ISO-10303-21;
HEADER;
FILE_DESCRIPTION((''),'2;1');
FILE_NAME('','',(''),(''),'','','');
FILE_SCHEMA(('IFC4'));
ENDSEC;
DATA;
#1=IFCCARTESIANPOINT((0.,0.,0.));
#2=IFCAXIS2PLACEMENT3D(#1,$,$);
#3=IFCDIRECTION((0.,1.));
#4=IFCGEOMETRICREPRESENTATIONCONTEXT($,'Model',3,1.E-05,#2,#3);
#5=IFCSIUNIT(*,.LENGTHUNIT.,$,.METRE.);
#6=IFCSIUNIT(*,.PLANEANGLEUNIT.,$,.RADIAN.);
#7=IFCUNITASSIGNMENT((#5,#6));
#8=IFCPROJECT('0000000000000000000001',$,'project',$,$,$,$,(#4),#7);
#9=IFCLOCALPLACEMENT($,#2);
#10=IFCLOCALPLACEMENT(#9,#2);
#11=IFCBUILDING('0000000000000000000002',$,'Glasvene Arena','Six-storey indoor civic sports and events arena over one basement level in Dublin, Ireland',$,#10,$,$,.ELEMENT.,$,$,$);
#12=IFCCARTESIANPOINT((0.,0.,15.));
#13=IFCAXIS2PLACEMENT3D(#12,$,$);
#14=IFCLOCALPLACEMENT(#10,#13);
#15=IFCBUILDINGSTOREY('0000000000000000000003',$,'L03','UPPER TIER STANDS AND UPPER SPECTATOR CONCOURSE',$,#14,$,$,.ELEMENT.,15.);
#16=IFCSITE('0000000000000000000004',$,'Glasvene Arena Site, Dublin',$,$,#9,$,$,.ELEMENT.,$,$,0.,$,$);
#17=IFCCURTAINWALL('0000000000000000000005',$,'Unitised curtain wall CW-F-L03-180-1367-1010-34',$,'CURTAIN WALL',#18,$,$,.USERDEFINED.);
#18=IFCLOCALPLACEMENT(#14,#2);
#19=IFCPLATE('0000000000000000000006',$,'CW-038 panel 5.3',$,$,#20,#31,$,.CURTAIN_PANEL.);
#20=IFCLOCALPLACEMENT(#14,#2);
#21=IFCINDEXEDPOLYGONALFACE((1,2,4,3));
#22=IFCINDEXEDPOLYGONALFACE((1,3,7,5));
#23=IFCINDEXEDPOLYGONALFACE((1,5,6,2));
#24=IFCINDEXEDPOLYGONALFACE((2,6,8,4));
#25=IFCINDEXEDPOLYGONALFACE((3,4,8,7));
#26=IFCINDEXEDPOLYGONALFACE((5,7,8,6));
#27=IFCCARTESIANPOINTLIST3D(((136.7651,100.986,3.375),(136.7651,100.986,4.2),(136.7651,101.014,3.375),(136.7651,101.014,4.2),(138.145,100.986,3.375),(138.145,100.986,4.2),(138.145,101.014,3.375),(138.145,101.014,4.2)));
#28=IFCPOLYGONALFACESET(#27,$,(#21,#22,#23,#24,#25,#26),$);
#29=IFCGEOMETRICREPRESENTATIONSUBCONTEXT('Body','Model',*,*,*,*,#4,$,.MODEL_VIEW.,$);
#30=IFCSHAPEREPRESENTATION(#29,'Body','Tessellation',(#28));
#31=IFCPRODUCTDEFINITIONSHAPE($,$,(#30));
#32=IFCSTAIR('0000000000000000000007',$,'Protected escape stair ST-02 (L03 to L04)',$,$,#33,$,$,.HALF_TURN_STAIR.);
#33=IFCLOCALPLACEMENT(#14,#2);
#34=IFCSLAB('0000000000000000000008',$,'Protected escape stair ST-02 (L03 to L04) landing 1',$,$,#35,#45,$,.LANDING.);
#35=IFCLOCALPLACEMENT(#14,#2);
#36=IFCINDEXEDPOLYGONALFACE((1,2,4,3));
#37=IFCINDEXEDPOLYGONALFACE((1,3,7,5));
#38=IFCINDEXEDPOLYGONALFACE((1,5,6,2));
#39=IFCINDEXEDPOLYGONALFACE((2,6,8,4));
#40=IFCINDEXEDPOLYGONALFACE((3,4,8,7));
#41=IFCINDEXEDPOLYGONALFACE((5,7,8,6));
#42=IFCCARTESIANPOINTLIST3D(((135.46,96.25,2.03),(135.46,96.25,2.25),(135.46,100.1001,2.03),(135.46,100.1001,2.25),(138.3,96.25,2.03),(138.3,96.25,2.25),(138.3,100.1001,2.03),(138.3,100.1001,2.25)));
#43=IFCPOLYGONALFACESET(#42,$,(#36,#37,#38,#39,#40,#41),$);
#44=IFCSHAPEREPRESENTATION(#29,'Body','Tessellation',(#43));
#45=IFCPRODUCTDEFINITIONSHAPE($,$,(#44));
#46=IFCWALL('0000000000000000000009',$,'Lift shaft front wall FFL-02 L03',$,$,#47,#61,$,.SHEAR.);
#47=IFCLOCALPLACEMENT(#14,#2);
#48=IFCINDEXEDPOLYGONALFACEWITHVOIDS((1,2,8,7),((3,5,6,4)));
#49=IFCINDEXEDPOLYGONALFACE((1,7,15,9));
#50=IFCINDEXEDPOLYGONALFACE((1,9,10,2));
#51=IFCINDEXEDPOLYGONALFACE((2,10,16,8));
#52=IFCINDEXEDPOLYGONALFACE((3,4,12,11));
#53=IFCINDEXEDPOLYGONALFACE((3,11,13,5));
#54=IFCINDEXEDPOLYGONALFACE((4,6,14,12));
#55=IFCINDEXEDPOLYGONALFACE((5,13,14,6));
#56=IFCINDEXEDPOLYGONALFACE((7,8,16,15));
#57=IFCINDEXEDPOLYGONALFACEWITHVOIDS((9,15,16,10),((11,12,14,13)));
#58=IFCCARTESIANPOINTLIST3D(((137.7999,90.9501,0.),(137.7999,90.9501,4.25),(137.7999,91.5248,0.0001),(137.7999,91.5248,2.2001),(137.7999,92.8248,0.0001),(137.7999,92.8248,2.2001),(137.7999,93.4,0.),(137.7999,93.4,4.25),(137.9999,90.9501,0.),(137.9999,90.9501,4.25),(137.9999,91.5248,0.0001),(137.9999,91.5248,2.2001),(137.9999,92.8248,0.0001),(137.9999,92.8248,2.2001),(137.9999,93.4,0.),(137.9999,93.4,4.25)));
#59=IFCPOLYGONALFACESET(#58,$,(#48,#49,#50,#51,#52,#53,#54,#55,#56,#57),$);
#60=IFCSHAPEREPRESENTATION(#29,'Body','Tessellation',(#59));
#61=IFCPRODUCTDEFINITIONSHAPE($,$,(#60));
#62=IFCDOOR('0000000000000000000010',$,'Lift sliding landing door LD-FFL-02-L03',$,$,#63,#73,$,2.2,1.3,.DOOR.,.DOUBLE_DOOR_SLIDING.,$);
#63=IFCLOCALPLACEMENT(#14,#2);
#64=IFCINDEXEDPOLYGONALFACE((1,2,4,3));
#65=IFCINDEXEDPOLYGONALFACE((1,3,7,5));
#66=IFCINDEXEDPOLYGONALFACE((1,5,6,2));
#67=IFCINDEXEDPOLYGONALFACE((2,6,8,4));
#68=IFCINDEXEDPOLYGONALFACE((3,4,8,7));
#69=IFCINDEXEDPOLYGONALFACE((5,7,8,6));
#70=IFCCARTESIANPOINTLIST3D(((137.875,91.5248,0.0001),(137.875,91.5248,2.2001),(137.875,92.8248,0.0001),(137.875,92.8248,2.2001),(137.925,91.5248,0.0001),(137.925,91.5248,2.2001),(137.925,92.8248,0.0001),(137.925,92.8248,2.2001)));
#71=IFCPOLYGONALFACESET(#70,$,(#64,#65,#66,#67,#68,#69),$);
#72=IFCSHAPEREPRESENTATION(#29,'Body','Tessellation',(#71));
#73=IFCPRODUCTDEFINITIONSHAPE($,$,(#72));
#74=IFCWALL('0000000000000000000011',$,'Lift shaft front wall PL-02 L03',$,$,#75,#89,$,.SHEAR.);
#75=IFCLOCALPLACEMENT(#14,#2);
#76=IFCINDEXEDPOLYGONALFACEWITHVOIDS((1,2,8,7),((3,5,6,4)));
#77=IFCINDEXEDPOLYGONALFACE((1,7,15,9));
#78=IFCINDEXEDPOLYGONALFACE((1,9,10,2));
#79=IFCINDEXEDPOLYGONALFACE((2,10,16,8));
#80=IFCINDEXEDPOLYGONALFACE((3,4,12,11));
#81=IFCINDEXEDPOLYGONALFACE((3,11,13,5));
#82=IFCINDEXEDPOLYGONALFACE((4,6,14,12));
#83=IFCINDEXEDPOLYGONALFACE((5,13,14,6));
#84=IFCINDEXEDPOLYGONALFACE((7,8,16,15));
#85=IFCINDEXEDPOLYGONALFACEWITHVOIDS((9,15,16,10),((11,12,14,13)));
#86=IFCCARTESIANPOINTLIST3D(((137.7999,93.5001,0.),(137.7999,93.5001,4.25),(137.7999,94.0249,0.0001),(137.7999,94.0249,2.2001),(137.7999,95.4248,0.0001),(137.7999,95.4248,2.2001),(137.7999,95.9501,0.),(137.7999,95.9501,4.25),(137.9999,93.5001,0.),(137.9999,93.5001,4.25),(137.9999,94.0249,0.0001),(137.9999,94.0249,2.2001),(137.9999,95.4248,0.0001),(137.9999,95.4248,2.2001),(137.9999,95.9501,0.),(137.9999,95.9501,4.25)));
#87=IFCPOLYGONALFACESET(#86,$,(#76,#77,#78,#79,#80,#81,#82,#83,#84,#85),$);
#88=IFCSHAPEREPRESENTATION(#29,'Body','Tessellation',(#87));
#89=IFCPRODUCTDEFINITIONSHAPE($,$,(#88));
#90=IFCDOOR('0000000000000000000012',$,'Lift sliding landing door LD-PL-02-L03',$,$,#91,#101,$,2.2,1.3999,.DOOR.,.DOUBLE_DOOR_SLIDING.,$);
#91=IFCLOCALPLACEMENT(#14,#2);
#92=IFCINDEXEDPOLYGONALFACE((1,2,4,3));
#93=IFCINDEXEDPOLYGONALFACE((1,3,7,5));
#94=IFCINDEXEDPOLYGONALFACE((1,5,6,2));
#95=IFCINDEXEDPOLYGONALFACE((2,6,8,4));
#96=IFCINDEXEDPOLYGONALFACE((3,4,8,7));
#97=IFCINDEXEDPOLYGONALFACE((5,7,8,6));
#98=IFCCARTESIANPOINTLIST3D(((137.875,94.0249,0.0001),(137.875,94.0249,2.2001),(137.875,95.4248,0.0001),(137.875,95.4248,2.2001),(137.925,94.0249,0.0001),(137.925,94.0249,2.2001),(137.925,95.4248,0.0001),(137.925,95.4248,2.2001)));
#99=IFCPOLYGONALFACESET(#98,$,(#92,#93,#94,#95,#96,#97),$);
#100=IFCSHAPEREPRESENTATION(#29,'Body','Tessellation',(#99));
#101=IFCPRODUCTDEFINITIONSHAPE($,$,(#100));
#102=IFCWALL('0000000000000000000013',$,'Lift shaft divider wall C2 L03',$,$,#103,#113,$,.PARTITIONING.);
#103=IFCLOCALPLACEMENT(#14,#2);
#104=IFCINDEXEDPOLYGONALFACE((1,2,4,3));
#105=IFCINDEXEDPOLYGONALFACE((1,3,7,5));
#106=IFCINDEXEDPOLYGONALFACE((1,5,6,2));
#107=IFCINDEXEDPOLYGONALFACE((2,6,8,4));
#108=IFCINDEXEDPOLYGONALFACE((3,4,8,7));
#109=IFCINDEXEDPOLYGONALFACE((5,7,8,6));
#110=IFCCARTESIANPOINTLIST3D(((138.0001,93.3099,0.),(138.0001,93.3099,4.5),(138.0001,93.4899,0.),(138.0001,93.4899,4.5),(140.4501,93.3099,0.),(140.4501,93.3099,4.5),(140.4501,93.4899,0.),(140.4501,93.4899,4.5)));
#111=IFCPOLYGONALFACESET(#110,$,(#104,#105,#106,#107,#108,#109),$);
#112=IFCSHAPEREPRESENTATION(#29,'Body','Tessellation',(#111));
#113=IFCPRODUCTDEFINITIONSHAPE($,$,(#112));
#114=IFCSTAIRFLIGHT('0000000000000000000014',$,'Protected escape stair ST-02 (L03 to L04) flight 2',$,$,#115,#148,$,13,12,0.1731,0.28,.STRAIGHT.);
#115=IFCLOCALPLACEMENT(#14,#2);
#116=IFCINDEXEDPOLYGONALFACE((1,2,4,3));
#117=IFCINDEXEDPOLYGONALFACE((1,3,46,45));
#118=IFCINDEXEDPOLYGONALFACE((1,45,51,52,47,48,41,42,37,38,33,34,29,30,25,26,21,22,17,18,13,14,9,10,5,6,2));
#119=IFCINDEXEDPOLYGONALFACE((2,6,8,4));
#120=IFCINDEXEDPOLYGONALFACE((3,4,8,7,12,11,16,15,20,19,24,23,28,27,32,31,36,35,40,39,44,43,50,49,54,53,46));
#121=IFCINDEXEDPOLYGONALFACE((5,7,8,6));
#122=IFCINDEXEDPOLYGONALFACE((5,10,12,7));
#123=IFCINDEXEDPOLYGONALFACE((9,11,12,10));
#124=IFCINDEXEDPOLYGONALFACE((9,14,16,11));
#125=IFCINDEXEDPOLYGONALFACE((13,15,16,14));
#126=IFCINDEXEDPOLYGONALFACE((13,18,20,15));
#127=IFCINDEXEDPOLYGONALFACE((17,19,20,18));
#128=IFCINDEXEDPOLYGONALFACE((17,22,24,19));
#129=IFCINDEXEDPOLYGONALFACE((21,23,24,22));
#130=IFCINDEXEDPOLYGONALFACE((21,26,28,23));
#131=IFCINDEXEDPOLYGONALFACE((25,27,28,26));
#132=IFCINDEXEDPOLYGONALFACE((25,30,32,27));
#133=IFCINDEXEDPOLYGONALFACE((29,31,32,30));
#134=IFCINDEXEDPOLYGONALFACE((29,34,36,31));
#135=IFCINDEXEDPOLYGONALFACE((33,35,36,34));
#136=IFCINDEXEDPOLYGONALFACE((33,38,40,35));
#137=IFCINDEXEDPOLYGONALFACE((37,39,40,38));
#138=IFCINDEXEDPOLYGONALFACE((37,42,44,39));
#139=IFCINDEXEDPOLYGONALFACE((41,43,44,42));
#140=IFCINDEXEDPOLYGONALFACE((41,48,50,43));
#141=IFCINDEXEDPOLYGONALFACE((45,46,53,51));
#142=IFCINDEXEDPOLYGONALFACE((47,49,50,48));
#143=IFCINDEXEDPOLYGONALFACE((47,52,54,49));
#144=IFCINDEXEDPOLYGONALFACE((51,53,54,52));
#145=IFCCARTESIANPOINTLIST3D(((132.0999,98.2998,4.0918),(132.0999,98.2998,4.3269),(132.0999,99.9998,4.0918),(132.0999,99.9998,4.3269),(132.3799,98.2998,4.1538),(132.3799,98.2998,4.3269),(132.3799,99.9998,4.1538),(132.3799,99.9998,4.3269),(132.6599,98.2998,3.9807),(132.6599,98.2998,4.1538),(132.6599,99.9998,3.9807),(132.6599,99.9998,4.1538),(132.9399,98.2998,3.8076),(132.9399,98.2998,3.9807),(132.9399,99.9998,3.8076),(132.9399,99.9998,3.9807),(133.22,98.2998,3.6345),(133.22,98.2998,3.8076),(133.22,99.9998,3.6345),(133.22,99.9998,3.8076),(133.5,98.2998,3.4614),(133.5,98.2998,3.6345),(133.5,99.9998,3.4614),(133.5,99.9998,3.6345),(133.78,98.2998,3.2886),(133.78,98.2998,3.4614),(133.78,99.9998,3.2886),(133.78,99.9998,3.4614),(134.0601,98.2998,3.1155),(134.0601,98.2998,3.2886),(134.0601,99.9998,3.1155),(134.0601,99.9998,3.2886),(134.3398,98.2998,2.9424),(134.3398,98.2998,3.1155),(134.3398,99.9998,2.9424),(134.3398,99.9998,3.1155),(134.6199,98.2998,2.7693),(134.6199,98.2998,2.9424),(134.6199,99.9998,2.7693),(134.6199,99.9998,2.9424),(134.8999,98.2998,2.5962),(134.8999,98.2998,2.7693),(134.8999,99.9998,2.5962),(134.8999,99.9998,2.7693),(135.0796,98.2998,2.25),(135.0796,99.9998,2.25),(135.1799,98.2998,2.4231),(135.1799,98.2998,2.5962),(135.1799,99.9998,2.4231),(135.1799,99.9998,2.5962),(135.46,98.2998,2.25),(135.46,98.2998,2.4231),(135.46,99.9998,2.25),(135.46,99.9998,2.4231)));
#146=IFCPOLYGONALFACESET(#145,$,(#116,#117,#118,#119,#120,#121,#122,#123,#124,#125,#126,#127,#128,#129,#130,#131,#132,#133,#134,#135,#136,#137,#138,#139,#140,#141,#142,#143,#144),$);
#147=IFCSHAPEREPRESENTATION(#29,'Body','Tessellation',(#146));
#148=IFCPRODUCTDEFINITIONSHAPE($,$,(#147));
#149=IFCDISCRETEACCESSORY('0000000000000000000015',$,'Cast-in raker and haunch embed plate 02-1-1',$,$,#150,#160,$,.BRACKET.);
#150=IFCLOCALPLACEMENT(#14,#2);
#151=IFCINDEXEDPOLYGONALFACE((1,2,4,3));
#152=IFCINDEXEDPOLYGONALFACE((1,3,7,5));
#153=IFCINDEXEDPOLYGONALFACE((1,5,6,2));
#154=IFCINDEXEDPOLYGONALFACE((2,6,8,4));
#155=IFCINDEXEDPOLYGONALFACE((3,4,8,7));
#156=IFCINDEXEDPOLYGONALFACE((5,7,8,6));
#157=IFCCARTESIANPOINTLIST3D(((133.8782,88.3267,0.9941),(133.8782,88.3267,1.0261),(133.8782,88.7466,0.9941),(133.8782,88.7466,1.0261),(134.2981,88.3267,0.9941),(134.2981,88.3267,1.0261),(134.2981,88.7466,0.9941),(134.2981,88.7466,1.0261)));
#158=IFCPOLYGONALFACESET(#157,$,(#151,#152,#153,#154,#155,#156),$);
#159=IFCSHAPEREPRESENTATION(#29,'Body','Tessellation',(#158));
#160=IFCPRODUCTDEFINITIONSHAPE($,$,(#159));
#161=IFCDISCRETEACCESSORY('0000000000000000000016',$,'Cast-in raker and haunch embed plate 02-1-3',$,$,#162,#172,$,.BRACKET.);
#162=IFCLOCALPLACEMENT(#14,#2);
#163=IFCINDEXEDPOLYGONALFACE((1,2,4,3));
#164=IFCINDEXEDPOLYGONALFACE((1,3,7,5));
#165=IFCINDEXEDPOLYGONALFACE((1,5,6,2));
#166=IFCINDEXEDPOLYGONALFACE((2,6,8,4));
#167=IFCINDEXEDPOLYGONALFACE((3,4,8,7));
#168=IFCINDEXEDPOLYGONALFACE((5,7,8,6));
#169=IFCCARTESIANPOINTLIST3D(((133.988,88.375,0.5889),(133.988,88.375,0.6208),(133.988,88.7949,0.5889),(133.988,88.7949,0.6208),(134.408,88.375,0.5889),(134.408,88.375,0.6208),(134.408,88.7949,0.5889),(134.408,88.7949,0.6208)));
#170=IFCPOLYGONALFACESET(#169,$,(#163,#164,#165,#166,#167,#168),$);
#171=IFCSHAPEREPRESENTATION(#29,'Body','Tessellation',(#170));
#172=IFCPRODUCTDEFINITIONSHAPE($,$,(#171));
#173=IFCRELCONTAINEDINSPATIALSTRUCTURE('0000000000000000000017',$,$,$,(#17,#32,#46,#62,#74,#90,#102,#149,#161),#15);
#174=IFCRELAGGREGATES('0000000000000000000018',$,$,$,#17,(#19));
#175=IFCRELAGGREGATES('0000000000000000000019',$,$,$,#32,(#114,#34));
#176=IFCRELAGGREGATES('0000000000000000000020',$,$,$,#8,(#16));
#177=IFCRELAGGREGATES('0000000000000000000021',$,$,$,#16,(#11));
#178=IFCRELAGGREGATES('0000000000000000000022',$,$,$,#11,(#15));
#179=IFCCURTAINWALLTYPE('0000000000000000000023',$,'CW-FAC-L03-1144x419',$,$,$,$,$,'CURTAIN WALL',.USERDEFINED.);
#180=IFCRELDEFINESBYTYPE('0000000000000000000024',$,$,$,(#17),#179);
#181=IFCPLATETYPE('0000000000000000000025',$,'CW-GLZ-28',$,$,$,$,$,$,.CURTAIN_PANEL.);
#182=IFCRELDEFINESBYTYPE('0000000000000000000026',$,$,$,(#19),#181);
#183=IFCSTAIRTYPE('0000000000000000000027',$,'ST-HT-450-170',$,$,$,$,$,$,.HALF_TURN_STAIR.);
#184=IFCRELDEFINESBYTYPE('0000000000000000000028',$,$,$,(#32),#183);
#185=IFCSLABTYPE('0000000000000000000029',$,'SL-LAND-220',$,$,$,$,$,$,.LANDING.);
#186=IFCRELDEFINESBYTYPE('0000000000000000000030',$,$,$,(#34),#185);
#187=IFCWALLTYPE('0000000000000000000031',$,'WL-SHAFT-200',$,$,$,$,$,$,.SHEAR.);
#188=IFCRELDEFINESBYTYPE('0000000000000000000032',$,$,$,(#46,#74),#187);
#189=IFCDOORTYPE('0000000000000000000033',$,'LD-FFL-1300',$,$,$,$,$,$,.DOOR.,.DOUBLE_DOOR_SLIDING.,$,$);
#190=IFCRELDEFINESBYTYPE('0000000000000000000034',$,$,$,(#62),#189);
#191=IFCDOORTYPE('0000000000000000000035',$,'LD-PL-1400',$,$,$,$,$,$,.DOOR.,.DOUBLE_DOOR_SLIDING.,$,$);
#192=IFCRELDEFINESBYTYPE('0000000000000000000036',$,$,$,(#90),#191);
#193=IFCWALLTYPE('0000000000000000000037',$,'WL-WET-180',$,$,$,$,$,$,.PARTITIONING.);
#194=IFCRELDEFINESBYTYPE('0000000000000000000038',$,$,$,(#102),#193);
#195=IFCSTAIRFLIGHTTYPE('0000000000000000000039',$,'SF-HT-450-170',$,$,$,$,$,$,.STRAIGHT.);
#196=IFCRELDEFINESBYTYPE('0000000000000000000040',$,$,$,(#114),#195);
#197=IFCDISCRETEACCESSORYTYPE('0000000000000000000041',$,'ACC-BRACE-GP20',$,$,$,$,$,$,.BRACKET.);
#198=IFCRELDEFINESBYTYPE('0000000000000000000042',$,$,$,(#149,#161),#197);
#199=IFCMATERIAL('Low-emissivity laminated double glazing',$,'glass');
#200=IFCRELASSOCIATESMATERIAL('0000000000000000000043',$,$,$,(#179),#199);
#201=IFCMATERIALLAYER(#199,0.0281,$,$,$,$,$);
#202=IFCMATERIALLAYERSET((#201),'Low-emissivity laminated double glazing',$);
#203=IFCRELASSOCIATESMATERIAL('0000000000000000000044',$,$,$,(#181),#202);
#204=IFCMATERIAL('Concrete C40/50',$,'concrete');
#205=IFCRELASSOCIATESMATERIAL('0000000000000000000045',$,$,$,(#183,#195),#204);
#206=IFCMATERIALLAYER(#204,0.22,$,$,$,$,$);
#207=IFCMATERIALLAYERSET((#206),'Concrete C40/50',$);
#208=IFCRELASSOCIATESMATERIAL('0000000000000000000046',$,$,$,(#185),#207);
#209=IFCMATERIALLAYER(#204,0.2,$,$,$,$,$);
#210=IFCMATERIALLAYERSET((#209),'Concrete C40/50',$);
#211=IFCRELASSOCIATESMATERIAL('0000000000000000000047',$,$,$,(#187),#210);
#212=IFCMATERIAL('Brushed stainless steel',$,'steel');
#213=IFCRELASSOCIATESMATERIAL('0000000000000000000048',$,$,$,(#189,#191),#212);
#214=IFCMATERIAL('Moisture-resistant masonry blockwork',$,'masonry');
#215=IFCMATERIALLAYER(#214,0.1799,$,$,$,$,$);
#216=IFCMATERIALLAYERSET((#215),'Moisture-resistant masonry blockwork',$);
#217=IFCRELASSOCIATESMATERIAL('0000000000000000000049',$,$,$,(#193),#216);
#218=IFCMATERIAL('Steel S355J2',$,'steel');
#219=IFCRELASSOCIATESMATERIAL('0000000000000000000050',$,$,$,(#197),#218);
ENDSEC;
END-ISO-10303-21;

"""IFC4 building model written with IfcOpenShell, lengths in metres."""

from ifc_helpers import new_model, si_unit, direction, frame, frame_2d, origin, origin_2d, place, context, subcontext, project, spatial, polyline, rectangle, outline, extrude, material, layer, layer_set, type_object, element, fill, aggregate, save


model = new_model("IFC4")

# Units and contexts
model_context = context("Model", 3, precision=1e-05, world=origin(), true_north=direction((0.0, 1.0)))
body_context = subcontext(model_context, "Body", "Model", "MODEL_VIEW")
ifc_project = project(units=[si_unit("LENGTHUNIT", "METRE"), si_unit("PLANEANGLEUNIT", "RADIAN")], contexts=[model_context])

# Site, building, storey
site_placement = place(None, origin())
site = spatial("IfcSite", under=ifc_project, at=site_placement, Name="Glasvene Arena Site, Dublin", CompositionType="ELEMENT", RefElevation=0.0)
building_placement = place(site_placement, origin())
building = spatial("IfcBuilding", under=site, at=building_placement, Name="Glasvene Arena", Description="Six-storey indoor civic sports and events arena over one basement level in Dublin, Ireland", CompositionType="ELEMENT")
storey_placement = place(building_placement, frame((0.0, 0.0, 15.0)))
storey = spatial("IfcBuildingStorey", under=building, at=storey_placement, Name="L03", Description="UPPER TIER STANDS AND UPPER SPECTATOR CONCOURSE", CompositionType="ELEMENT", Elevation=15.0)

# Shared definitions
ifc_material_1 = material(Name="Steel S355J2", Category="steel")

# Curtain wall, plate
ifc_material_2 = material(Name="Low-emissivity laminated double glazing", Category="glass")
curtain_wall_type = type_object("IfcCurtainWallType", Name="CW-FAC-L03-1144x419", ElementType="CURTAIN WALL", PredefinedType="USERDEFINED", material=ifc_material_2)
curtain_wall_placement = place(storey_placement, frame((131.0203, 101.0, 0.0)))
curtain_wall = element("IfcCurtainWall", 1, at=curtain_wall_placement, inside=storey, type_object=curtain_wall_type, Name="Unitised curtain wall CW-F-L03-180-1367-1010-34", ObjectType="CURTAIN WALL", PredefinedType="USERDEFINED")
ifc_layer_1 = layer(ifc_material_2, 0.0281)
ifc_layer_set_1 = layer_set([ifc_layer_1], Name="Low-emissivity laminated double glazing")
plate_type = type_object("IfcPlateType", Name="CW-GLZ-28", PredefinedType="CURTAIN_PANEL", material=ifc_layer_set_1)
plate_1_placement = place(storey_placement, frame((137.4551, 101.0, 3.375), z_axis=(0.0, 0.0, 1.0), x_axis=(1.0, 0.0, 0.0)))
plate_1 = element("IfcPlate", 2, at=plate_1_placement, type_object=plate_type, Name="CW-038 panel 5.3", PredefinedType="CURTAIN_PANEL", context=body_context, shape_type="SweptSolid", body=[
    extrude(rectangle(XDim=1.3799, YDim=0.0281, at=origin_2d()), origin(), (0.0, 0.0, 1.0), 0.825),
])
aggregate(curtain_wall, [plate_1])

# Stair, slab
ifc_material_3 = material(Name="Concrete C40/50", Category="concrete")
stair_type = type_object("IfcStairType", Name="ST-HT-450-170", PredefinedType="HALF_TURN_STAIR", material=ifc_material_3)
stair_placement = place(storey_placement, origin())
stair = element("IfcStair", 3, at=stair_placement, inside=storey, type_object=stair_type, Name="Protected escape stair ST-02 (L03 to L04)", PredefinedType="HALF_TURN_STAIR")
ifc_layer_2 = layer(ifc_material_3, 0.22)
ifc_layer_set_2 = layer_set([ifc_layer_2], Name="Concrete C40/50")
slab_type = type_object("IfcSlabType", Name="SL-LAND-220", PredefinedType="LANDING", material=ifc_layer_set_2)
slab_placement = place(storey_placement, frame((136.8799, 98.175, 2.03)))
slab = element("IfcSlab", 4, at=slab_placement, type_object=slab_type, Name="Protected escape stair ST-02 (L03 to L04) landing 1", PredefinedType="LANDING", context=body_context, shape_type="SweptSolid", body=[
    extrude(outline(polyline([(-1.4199, -1.925), (1.4202, -1.925), (1.4202, 1.925), (-1.4199, 1.925), (-1.4199, -1.925)])), origin(), (0.0, 0.0, 1.0), 0.22),
])

# Walls, openings, doors
ifc_layer_3 = layer(ifc_material_3, 0.2)
ifc_layer_set_3 = layer_set([ifc_layer_3], Name="Concrete C40/50")
wall_type_1 = type_object("IfcWallType", Name="WL-SHAFT-200", PredefinedType="SHEAR", material=ifc_layer_set_3)
wall_1_placement = place(storey_placement, frame((137.8999, 90.95, 0.0), z_axis=(0.0, 0.0, 1.0), x_axis=(0.0, 1.0, 0.0)))
wall_1 = element("IfcWall", 5, at=wall_1_placement, inside=storey, type_object=wall_type_1, Name="Lift shaft front wall FFL-02 L03", PredefinedType="SHEAR", context=body_context, shape_type="SweptSolid", body=[
    extrude(rectangle(XDim=2.45, YDim=0.2, at=frame_2d((1.2251, 0.0))), origin(), (0.0, 0.0, 1.0), 4.25),
])
opening_1_placement = place(wall_1_placement, frame((0.575, 0.0, 0.0)))
opening_1 = element("IfcOpeningElement", 6, at=opening_1_placement, cuts=wall_1, PredefinedType="OPENING", context=body_context, shape_type="SweptSolid", body=[
    extrude(rectangle(XDim=1.3, YDim=2.2, at=frame_2d((0.6499, 1.1001))), frame((0.0, 0.1099, 0.0), z_axis=(0.0, -1.0, 0.0), x_axis=(1.0, 0.0, 0.0)), (0.0, 0.0, 1.0), 0.22),
])
ifc_material_4 = material(Name="Brushed stainless steel", Category="steel")
door_type_1 = type_object("IfcDoorType", Name="LD-FFL-1300", OperationType="DOUBLE_DOOR_SLIDING", PredefinedType="DOOR", material=ifc_material_4)
door_1_placement = place(opening_1_placement, origin())
door_1 = element("IfcDoor", 7, at=door_1_placement, inside=storey, type_object=door_type_1, Name="Lift sliding landing door LD-FFL-02-L03", OperationType="DOUBLE_DOOR_SLIDING", OverallHeight=2.2, OverallWidth=1.3, PredefinedType="DOOR", context=body_context, shape_type="SweptSolid", body=[
    extrude(rectangle(XDim=1.3, YDim=2.2, at=frame_2d((0.6499, 1.1001))), frame((0.0, 0.0249, 0.0), z_axis=(0.0, -1.0, 0.0), x_axis=(1.0, 0.0, 0.0)), (0.0, 0.0, 1.0), 0.05),
])
fill(opening_1, door_1)
wall_2_placement = place(storey_placement, frame((137.8999, 93.5, 0.0), z_axis=(0.0, 0.0, 1.0), x_axis=(0.0, 1.0, 0.0)))
wall_2 = element("IfcWall", 8, at=wall_2_placement, inside=storey, type_object=wall_type_1, Name="Lift shaft front wall PL-02 L03", PredefinedType="SHEAR", context=body_context, shape_type="SweptSolid", body=[
    extrude(rectangle(XDim=2.45, YDim=0.2, at=frame_2d((1.2251, 0.0))), origin(), (0.0, 0.0, 1.0), 4.25),
])
opening_2_placement = place(wall_2_placement, frame((0.5249, 0.0, 0.0)))
opening_2 = element("IfcOpeningElement", 9, at=opening_2_placement, cuts=wall_2, PredefinedType="OPENING", context=body_context, shape_type="SweptSolid", body=[
    extrude(rectangle(XDim=1.3999, YDim=2.2, at=frame_2d((0.7, 1.1001))), frame((0.0, 0.1099, 0.0), z_axis=(0.0, -1.0, 0.0), x_axis=(1.0, 0.0, 0.0)), (0.0, 0.0, 1.0), 0.22),
])
door_type_2 = type_object("IfcDoorType", Name="LD-PL-1400", OperationType="DOUBLE_DOOR_SLIDING", PredefinedType="DOOR", material=ifc_material_4)
door_2_placement = place(opening_2_placement, origin())
door_2 = element("IfcDoor", 10, at=door_2_placement, inside=storey, type_object=door_type_2, Name="Lift sliding landing door LD-PL-02-L03", OperationType="DOUBLE_DOOR_SLIDING", OverallHeight=2.2, OverallWidth=1.3999, PredefinedType="DOOR", context=body_context, shape_type="SweptSolid", body=[
    extrude(rectangle(XDim=1.3999, YDim=2.2, at=frame_2d((0.7, 1.1001))), frame((0.0, 0.0249, 0.0), z_axis=(0.0, -1.0, 0.0), x_axis=(1.0, 0.0, 0.0)), (0.0, 0.0, 1.0), 0.05),
])
fill(opening_2, door_2)

# Wall
ifc_material_5 = material(Name="Moisture-resistant masonry blockwork", Category="masonry")
ifc_layer_4 = layer(ifc_material_5, 0.1799)
ifc_layer_set_4 = layer_set([ifc_layer_4], Name="Moisture-resistant masonry blockwork")
wall_type_2 = type_object("IfcWallType", Name="WL-WET-180", PredefinedType="PARTITIONING", material=ifc_layer_set_4)
wall_3_placement = place(storey_placement, frame((138.0, 93.3999, 0.0), z_axis=(0.0, 0.0, 1.0), x_axis=(1.0, 0.0, 0.0)))
element("IfcWall", 11, at=wall_3_placement, inside=storey, type_object=wall_type_2, Name="Lift shaft divider wall C2 L03", PredefinedType="PARTITIONING", context=body_context, shape_type="SweptSolid", body=[
    extrude(rectangle(XDim=2.45, YDim=0.1799, at=frame_2d((1.2251, 0.0))), origin(), (0.0, 0.0, 1.0), 4.5),
])

# Stair flight
stair_flight_type = type_object("IfcStairFlightType", Name="SF-HT-450-170", PredefinedType="STRAIGHT", material=ifc_material_3)
stair_flight_placement = place(storey_placement, frame((135.46, 99.1499, 2.25), z_axis=(0.0, 0.0, 1.0), x_axis=(-1.0, 0.0, 0.0)))
stair_flight = element("IfcStairFlight", 12, at=stair_flight_placement, type_object=stair_flight_type, Name="Protected escape stair ST-02 (L03 to L04) flight 2", NumberOfRisers=13, NumberOfTreads=12, PredefinedType="STRAIGHT", RiserHeight=0.1731, TreadLength=0.28, context=body_context, shape_type="SweptSolid", body=[
    extrude(outline(polyline([(0.0, 0.0), (0.0, 0.1731), (0.28, 0.1731), (0.28, 0.3462), (0.5601, 0.3462), (0.5601, 0.5193), (0.8401, 0.5193), (0.8401, 0.6924), (1.1201, 0.6924), (1.1201, 0.8655), (1.3999, 0.8655), (1.3999, 1.0386), (1.6799, 1.0386), (1.6799, 1.2114), (1.96, 1.2114), (1.96, 1.3845), (2.24, 1.3845), (2.24, 1.5576), (2.52, 1.5576), (2.52, 1.7307), (2.8, 1.7307), (2.8, 1.9038), (3.0801, 1.9038), (3.0801, 2.0769), (3.3601, 2.0769), (3.3601, 2.25), (3.3601, 1.8418), (0.3804, 0.0), (0.0, 0.0)])), frame((0.0, 0.8501, 0.0), z_axis=(0.0, -1.0, 0.0), x_axis=(1.0, 0.0, 0.0)), (0.0, 0.0, 1.0), 1.7),
])
aggregate(stair, [stair_flight, slab])

# Discrete accessories
discrete_accessory_type = type_object("IfcDiscreteAccessoryType", Name="ACC-BRACE-GP20", PredefinedType="BRACKET", material=ifc_material_1)
for number, where, z_axis, x_axis, name in (
    (13, (134.0881, 88.5366, 0.9941), (0.0, 0.0, 1.0), (1.0, 0.0, 0.0), "Cast-in raker and haunch embed plate 02-1-1"),
    (14, (134.198, 88.585, 0.5889), (0.0, 0.0, 1.0), (1.0, 0.0, 0.0), "Cast-in raker and haunch embed plate 02-1-3"),
):
    element("IfcDiscreteAccessory", number, at=place(storey_placement, frame(where, z_axis=z_axis, x_axis=x_axis)), inside=storey, type_object=discrete_accessory_type, Name=name, PredefinedType="BRACKET", context=body_context, shape_type="SweptSolid", body=[
        extrude(rectangle(XDim=0.4199, YDim=0.4199, at=origin_2d()), origin(), (0.0, 0.0, 1.0), 0.032),
    ])

save(model, "model.ifc")
